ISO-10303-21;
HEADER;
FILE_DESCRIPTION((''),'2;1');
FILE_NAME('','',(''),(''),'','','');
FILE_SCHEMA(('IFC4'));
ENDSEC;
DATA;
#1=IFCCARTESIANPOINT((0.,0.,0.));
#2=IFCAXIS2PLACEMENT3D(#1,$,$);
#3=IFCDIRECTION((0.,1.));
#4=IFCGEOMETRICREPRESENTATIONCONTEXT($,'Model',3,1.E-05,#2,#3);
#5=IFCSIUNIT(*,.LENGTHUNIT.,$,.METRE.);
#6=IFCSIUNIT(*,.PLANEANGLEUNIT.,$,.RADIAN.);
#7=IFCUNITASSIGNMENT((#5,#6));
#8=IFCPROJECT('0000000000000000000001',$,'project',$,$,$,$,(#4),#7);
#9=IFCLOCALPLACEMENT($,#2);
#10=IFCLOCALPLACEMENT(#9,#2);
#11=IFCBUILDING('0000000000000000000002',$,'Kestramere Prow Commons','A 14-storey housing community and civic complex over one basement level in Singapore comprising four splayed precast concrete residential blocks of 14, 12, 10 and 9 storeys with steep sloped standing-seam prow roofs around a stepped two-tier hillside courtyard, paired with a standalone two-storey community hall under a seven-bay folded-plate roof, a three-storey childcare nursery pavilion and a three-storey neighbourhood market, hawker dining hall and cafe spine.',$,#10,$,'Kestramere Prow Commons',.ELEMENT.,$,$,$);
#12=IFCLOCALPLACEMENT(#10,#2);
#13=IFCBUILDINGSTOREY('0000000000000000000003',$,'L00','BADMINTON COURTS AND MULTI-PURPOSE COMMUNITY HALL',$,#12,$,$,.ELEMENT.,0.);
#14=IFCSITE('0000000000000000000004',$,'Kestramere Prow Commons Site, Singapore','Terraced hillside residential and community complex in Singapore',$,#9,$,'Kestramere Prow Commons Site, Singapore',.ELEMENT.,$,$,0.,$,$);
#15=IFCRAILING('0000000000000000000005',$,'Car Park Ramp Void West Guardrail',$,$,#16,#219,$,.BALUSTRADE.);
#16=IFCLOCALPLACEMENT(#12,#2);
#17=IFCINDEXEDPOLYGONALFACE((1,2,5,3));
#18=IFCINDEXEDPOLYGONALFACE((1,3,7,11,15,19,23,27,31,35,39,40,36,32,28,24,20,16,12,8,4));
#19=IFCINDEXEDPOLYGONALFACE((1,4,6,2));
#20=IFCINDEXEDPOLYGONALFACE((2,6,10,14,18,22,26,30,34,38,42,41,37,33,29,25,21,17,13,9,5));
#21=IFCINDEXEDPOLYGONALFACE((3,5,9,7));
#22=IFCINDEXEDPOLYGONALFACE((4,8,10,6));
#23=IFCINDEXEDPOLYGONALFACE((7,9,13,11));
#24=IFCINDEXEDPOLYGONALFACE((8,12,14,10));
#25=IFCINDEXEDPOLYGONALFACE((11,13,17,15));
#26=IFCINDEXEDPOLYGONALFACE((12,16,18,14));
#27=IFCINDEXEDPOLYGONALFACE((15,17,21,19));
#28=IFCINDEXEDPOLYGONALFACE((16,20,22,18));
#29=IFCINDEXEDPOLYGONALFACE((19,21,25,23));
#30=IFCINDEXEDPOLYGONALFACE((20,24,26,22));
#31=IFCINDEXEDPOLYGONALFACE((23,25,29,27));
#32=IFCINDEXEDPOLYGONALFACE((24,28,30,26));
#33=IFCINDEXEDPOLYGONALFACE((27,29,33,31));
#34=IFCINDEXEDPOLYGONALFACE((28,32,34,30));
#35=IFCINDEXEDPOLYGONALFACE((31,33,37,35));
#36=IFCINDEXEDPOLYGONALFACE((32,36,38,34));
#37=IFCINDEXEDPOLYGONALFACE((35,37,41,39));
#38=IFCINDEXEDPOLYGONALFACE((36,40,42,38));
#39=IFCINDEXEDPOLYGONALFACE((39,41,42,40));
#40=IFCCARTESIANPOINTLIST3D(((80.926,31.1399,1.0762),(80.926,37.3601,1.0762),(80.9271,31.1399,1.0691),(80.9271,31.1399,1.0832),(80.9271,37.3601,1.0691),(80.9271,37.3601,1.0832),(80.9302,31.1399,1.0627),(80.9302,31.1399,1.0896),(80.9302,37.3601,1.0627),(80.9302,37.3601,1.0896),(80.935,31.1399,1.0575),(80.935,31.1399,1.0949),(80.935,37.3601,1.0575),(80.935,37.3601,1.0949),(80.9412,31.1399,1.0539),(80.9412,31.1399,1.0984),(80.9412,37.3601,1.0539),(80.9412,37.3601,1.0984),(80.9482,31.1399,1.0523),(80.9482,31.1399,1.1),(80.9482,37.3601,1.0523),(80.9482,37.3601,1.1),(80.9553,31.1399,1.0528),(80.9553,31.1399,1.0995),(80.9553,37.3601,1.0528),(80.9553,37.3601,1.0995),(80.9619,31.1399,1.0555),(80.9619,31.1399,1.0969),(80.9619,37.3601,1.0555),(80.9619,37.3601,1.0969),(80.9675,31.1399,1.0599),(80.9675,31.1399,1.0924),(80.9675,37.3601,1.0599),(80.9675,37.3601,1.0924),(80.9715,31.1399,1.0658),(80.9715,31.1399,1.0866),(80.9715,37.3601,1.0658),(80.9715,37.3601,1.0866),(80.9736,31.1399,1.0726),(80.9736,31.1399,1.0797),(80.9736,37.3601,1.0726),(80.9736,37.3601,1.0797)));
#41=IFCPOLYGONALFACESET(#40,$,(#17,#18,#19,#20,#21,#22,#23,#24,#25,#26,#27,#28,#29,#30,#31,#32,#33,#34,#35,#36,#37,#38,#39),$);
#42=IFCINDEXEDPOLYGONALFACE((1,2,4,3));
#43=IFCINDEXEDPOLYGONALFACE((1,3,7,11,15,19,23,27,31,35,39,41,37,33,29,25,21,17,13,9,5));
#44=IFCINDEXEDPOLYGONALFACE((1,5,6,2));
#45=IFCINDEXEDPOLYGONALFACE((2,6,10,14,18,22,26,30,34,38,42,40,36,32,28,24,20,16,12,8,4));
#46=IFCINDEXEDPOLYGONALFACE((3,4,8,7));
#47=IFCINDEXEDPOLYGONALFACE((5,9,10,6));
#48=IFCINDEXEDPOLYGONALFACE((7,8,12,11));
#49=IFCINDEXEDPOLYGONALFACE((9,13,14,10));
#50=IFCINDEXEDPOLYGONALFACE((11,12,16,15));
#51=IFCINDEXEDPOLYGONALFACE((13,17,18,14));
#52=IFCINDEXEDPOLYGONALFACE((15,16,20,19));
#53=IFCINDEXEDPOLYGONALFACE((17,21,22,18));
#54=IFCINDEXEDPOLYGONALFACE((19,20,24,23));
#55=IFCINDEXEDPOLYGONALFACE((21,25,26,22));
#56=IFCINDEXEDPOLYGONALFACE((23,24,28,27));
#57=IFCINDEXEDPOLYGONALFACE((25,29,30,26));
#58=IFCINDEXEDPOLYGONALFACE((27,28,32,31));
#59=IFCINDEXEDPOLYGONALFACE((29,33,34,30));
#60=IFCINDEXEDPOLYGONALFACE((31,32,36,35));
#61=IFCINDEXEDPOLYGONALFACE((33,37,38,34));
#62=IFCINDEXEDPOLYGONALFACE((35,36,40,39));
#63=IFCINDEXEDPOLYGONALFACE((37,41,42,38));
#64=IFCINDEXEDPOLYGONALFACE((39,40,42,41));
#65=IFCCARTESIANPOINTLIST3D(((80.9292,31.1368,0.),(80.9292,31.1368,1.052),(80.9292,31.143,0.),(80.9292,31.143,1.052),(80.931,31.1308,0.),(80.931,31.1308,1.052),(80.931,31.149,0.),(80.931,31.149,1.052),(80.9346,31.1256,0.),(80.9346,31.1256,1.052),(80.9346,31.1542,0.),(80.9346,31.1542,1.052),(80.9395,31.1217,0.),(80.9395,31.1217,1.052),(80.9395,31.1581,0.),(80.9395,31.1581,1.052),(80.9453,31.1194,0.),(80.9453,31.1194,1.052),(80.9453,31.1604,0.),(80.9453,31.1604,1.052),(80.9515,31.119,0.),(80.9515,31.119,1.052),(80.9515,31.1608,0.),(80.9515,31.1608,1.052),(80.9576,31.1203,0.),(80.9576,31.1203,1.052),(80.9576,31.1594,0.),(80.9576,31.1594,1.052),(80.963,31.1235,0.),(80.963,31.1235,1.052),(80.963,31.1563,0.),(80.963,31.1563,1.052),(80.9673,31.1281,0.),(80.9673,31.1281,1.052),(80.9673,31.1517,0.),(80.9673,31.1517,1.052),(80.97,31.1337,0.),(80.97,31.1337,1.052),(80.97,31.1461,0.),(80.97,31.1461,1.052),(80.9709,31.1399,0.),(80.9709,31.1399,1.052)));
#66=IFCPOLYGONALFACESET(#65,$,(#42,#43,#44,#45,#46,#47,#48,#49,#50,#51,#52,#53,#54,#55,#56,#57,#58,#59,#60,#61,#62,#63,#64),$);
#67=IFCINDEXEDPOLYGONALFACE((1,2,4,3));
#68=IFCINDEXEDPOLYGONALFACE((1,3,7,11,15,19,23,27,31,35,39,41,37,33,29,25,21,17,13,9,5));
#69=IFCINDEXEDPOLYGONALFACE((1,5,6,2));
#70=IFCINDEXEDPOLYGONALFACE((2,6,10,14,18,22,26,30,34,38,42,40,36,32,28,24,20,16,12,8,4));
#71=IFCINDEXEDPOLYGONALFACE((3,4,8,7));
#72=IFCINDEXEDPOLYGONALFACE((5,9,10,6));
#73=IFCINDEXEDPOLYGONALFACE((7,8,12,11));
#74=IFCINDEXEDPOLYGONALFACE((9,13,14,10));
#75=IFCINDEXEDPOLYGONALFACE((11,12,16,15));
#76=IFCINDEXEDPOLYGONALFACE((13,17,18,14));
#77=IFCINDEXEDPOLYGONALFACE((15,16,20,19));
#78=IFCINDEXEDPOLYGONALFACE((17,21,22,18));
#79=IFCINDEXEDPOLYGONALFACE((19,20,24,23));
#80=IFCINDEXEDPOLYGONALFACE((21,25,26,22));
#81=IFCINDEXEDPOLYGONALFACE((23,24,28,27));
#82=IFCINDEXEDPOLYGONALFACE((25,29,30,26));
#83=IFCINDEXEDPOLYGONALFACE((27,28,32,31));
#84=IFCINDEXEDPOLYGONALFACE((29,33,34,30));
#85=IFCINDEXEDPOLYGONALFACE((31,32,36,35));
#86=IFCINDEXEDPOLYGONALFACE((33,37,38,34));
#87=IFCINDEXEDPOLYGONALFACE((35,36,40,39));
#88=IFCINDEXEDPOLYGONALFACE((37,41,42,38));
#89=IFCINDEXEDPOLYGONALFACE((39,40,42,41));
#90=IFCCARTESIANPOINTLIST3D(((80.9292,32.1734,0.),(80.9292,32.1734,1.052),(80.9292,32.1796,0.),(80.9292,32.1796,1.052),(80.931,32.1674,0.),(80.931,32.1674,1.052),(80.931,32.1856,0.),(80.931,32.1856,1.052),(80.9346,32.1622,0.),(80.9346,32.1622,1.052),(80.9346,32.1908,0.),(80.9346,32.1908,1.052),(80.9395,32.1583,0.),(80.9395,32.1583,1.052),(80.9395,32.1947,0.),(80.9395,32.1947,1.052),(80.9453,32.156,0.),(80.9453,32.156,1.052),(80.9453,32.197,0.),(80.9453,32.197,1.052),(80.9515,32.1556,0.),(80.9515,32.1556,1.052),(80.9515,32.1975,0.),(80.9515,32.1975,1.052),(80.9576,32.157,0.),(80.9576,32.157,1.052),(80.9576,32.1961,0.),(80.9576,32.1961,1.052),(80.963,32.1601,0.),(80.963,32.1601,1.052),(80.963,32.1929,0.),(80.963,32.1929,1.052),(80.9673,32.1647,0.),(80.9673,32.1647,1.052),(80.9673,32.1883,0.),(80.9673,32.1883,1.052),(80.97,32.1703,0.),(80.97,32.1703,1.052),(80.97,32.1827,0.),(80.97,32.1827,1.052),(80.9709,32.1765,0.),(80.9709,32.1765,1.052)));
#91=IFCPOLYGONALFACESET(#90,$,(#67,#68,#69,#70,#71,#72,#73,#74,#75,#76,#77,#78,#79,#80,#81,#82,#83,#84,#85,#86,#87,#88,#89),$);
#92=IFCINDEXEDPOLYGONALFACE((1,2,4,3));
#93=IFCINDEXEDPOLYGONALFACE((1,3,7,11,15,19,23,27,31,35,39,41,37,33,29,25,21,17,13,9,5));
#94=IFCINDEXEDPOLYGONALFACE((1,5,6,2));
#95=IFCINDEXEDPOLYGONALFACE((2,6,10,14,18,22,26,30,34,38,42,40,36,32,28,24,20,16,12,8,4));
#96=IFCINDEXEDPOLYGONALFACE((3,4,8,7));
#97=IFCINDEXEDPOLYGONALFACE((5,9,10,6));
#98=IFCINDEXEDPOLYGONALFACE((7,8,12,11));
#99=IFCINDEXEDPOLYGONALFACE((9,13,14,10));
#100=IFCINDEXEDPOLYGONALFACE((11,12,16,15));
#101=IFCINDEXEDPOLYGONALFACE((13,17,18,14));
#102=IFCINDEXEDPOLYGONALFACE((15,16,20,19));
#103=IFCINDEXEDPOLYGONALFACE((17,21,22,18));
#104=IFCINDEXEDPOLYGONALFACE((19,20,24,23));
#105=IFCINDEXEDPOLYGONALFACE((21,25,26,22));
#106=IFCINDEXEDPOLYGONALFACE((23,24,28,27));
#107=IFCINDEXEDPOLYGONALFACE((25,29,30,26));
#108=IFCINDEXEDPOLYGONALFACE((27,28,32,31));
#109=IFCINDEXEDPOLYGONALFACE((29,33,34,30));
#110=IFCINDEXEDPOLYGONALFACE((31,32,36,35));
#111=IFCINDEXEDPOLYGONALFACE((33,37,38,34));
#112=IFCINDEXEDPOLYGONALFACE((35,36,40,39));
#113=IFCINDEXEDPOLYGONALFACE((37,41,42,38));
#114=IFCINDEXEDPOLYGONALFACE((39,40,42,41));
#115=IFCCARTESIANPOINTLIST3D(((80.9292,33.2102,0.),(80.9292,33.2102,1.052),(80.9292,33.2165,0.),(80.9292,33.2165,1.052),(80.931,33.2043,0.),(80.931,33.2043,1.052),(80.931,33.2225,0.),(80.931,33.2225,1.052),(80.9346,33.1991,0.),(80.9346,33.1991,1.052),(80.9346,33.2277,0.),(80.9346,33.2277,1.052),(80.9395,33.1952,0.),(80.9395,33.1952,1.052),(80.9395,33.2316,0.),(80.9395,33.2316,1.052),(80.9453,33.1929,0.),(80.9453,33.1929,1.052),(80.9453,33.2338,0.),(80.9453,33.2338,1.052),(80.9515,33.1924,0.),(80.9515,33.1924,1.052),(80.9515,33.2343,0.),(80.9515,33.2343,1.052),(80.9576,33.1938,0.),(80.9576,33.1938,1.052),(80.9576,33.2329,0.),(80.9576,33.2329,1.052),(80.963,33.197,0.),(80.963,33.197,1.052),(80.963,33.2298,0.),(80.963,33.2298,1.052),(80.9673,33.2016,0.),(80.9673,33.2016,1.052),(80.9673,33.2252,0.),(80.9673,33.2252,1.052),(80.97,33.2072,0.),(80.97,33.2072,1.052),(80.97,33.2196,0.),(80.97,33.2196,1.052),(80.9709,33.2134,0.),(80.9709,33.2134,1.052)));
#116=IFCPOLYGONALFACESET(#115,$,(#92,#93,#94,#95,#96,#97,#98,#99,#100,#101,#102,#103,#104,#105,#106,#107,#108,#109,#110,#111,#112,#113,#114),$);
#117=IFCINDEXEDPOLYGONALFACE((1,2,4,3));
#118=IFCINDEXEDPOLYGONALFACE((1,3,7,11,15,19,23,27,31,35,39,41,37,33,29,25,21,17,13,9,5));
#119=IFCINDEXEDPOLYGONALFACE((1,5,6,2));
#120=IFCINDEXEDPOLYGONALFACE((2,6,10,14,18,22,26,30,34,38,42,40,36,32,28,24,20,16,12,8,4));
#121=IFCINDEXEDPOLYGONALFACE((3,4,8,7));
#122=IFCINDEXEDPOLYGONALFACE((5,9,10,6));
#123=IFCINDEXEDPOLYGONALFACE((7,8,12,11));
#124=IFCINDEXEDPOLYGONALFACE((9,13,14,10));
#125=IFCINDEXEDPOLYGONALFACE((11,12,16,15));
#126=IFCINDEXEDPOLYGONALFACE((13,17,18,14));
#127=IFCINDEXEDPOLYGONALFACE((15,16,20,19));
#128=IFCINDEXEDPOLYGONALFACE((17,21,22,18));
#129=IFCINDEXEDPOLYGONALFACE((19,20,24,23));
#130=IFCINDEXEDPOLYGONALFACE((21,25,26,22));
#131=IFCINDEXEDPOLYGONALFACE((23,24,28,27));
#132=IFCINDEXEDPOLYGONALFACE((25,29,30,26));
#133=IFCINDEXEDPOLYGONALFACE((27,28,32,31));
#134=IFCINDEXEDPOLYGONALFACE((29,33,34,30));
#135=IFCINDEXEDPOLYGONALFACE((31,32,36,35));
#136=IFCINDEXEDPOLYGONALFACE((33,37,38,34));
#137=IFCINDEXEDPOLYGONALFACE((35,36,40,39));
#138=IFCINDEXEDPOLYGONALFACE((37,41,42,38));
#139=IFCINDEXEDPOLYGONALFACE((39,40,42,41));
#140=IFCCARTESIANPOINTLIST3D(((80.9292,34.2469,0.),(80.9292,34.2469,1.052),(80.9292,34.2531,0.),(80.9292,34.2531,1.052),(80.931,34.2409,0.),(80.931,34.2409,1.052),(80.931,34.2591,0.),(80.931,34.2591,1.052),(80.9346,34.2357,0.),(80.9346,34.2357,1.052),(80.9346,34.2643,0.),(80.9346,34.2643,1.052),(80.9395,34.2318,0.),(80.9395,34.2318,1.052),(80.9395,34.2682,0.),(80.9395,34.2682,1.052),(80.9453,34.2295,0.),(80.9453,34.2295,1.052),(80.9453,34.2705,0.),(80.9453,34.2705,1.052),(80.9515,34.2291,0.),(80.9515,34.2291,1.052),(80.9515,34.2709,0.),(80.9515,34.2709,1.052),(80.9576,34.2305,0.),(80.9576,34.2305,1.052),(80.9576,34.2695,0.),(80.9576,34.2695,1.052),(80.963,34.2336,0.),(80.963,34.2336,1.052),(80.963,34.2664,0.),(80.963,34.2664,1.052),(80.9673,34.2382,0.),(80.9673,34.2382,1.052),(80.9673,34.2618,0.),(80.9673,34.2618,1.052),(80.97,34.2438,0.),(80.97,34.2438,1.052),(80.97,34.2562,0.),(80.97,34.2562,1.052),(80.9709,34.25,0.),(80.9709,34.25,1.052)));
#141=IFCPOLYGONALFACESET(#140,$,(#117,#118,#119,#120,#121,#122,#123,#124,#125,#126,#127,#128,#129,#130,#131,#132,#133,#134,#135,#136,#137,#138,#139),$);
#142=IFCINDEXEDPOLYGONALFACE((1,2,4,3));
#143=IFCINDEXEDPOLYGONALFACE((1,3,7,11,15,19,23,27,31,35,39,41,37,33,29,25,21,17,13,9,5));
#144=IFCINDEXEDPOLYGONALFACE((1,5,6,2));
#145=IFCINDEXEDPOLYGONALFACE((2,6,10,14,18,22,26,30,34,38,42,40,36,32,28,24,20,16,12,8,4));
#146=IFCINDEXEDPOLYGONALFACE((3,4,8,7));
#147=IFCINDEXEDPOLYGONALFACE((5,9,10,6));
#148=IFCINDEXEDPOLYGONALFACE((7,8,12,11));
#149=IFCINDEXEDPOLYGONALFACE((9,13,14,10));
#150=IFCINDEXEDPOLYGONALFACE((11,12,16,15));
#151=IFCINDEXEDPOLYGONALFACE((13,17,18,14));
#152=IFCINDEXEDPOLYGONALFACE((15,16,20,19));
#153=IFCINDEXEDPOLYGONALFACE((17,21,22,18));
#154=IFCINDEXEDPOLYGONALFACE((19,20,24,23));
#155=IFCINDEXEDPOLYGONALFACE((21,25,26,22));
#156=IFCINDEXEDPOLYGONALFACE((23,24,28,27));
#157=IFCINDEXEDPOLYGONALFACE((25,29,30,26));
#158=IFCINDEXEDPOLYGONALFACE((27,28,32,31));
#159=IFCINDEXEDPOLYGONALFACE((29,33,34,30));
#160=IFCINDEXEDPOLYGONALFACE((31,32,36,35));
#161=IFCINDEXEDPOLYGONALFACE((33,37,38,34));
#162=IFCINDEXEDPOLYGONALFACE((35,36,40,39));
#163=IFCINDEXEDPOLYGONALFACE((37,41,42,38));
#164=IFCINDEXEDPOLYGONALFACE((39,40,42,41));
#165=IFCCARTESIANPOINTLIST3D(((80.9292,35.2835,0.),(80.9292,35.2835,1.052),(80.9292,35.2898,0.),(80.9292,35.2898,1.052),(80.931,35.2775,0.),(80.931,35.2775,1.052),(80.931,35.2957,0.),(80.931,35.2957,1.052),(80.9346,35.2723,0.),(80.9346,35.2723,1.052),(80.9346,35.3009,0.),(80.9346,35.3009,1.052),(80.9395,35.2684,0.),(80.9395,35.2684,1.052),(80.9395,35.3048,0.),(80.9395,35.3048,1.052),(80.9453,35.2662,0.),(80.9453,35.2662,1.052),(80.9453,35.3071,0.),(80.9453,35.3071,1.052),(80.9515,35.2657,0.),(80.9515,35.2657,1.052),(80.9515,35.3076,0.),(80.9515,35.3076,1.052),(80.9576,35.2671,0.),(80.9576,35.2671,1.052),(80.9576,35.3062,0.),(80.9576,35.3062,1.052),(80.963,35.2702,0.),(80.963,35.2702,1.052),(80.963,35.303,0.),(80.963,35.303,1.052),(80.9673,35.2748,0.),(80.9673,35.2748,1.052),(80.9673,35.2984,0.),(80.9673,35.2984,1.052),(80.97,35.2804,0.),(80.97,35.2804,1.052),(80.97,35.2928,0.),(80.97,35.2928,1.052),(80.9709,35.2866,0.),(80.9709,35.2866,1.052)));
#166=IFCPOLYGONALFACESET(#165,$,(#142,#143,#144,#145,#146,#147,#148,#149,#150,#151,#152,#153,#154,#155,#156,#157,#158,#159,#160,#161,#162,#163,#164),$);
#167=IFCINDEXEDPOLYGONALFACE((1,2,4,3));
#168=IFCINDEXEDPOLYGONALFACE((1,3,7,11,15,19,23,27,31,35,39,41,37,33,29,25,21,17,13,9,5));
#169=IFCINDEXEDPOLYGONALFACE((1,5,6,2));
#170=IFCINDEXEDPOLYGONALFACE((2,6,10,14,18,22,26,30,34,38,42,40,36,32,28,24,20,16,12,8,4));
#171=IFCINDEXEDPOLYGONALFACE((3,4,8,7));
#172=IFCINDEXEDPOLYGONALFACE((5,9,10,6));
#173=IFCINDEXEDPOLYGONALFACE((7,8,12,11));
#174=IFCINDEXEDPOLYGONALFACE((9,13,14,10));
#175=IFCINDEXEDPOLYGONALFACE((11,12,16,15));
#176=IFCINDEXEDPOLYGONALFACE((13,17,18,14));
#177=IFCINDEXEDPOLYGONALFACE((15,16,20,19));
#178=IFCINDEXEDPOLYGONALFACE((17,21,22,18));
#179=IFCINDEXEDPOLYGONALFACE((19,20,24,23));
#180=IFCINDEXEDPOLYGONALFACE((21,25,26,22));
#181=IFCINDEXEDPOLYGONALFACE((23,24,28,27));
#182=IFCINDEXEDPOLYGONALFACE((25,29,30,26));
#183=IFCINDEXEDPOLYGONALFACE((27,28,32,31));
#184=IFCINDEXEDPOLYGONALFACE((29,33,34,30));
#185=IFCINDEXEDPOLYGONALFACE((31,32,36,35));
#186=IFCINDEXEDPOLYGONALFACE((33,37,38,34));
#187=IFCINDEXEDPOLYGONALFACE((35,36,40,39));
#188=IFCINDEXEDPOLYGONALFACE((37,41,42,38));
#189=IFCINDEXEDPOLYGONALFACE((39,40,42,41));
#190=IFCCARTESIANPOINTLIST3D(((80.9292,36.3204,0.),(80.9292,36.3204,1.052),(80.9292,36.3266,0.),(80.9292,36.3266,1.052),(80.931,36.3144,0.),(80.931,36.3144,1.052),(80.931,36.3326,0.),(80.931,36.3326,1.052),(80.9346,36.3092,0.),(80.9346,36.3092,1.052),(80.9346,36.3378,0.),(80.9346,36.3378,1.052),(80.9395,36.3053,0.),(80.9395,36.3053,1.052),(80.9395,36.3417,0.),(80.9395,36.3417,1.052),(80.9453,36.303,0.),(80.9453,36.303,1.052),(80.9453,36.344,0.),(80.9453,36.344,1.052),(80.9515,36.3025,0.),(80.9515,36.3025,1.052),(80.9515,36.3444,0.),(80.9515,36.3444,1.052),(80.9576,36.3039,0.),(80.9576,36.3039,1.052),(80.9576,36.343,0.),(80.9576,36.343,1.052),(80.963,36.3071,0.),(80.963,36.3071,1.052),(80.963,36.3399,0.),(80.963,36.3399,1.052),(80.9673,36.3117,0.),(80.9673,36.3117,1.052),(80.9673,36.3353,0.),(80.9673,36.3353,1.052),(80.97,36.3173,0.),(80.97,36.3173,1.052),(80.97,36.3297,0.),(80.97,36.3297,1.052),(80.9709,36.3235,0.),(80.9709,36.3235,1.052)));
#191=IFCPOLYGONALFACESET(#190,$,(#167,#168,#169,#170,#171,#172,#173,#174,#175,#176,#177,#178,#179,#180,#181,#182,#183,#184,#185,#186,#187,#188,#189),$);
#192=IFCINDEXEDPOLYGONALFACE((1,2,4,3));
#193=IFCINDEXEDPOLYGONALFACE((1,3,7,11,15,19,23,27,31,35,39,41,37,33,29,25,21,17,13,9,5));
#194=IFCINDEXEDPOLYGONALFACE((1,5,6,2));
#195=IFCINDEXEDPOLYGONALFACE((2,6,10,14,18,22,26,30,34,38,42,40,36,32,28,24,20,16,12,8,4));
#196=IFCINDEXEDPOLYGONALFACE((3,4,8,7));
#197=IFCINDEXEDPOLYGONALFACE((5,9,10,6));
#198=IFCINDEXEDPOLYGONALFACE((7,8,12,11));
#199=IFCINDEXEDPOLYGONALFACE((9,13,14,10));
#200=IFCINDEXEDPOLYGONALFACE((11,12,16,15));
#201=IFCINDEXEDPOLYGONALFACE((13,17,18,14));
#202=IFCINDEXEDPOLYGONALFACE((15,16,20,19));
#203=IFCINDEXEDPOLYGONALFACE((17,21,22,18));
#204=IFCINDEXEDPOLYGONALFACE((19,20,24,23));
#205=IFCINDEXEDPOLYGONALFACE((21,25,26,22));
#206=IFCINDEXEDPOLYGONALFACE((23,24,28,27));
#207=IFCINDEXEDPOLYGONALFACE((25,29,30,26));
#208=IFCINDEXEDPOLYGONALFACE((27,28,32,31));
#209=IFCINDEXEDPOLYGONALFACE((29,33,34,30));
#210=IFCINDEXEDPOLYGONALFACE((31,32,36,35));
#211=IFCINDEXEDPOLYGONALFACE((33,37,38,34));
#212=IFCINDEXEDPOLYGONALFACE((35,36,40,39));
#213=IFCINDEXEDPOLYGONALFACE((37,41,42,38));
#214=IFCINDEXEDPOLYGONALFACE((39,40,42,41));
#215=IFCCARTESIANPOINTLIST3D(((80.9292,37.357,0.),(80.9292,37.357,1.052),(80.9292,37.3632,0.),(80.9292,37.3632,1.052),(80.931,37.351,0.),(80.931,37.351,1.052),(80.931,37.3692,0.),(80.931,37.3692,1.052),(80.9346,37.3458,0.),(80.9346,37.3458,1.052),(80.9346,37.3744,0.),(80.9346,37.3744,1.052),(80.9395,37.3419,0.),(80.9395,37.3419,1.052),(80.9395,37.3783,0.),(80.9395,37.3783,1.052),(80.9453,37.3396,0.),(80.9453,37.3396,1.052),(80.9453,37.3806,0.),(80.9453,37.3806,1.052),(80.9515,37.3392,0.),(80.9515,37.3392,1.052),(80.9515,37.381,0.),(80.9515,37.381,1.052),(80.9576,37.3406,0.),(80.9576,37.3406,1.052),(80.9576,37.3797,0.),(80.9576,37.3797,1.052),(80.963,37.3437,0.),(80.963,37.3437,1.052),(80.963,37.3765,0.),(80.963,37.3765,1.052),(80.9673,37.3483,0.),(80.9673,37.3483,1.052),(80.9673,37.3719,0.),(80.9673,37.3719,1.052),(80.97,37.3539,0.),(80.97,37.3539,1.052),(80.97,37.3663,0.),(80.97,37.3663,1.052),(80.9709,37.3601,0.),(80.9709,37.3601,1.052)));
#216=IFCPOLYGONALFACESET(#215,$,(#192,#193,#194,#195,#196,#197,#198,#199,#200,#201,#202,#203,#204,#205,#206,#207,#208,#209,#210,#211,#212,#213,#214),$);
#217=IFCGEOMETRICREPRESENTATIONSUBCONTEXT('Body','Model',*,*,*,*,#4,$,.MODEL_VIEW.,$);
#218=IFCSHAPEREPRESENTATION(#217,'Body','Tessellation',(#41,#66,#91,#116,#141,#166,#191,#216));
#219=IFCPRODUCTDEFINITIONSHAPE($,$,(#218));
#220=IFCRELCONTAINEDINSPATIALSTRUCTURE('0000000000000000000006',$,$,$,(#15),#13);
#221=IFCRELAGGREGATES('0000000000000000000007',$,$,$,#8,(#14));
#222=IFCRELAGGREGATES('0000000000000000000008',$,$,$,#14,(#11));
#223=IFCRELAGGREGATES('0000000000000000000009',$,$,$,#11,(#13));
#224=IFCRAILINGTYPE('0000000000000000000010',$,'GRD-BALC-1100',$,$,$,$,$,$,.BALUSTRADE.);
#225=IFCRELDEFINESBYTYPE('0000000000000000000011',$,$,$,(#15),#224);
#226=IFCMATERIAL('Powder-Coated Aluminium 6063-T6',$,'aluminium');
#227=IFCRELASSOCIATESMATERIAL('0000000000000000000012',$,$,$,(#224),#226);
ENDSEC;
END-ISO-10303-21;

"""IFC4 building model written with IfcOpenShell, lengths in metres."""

from ifc_helpers import new_model, si_unit, direction, frame, origin, origin_2d, place, context, subcontext, project, spatial, circle, extrude, material, type_object, element, save


model = new_model("IFC4")

# Units and contexts
model_context = context("Model", 3, precision=1e-05, world=origin(), true_north=direction((0.0, 1.0)))
body_context = subcontext(model_context, "Body", "Model", "MODEL_VIEW")
ifc_project = project(units=[si_unit("LENGTHUNIT", "METRE"), si_unit("PLANEANGLEUNIT", "RADIAN")], contexts=[model_context])

# Site, building, storey
site_placement = place(None, origin())
site = spatial("IfcSite", under=ifc_project, at=site_placement, Name="Kestramere Prow Commons Site, Singapore", Description="Terraced hillside residential and community complex in Singapore", LongName="Kestramere Prow Commons Site, Singapore", CompositionType="ELEMENT", RefElevation=0.0)
building_placement = place(site_placement, origin())
building = spatial("IfcBuilding", under=site, at=building_placement, Name="Kestramere Prow Commons", Description="A 14-storey housing community and civic complex over one basement level in Singapore comprising four splayed precast concrete residential blocks of 14, 12, 10 and 9 storeys with steep sloped standing-seam prow roofs around a stepped two-tier hillside courtyard, paired with a standalone two-storey community hall under a seven-bay folded-plate roof, a three-storey childcare nursery pavilion and a three-storey neighbourhood market, hawker dining hall and cafe spine.", LongName="Kestramere Prow Commons", CompositionType="ELEMENT")
storey_placement = place(building_placement, origin())
storey = spatial("IfcBuildingStorey", under=building, at=storey_placement, Name="L00", Description="BADMINTON COURTS AND MULTI-PURPOSE COMMUNITY HALL", CompositionType="ELEMENT", Elevation=0.0)

# Railing
ifc_material_1 = material(Name="Powder-Coated Aluminium 6063-T6", Category="aluminium")
railing_type = type_object("IfcRailingType", Name="GRD-BALC-1100", PredefinedType="BALUSTRADE", material=ifc_material_1)
railing_1_placement = place(storey_placement, frame((80.95, 31.1399, 0.0)))
element("IfcRailing", 1, at=railing_1_placement, inside=storey, type_object=railing_type, Name="Car Park Ramp Void West Guardrail", PredefinedType="BALUSTRADE", context=body_context, shape_type="SweptSolid", body=[
    extrude(circle(Radius=0.0239, at=origin_2d()), frame((0.0, 0.0, 1.0762), z_axis=(0.0, 1.0, 0.0), x_axis=(-1.0, 0.0, 0.0)), (0.0, 0.0, 1.0), 6.2202),
    extrude(circle(Radius=0.021, at=origin_2d()), origin(), (0.0, 0.0, 1.0), 1.052),
    extrude(circle(Radius=0.021, at=origin_2d()), frame((0.0, 1.0366, 0.0)), (0.0, 0.0, 1.0), 1.052),
    extrude(circle(Radius=0.021, at=origin_2d()), frame((0.0, 2.0735, 0.0)), (0.0, 0.0, 1.0), 1.052),
    extrude(circle(Radius=0.021, at=origin_2d()), frame((0.0, 3.1101, 0.0)), (0.0, 0.0, 1.0), 1.052),
    extrude(circle(Radius=0.021, at=origin_2d()), frame((0.0, 4.1467, 0.0)), (0.0, 0.0, 1.0), 1.052),
    extrude(circle(Radius=0.021, at=origin_2d()), frame((0.0, 5.1836, 0.0)), (0.0, 0.0, 1.0), 1.052),
    extrude(circle(Radius=0.021, at=origin_2d()), frame((0.0, 6.2202, 0.0)), (0.0, 0.0, 1.0), 1.052),
])

save(model, "model.ifc")
